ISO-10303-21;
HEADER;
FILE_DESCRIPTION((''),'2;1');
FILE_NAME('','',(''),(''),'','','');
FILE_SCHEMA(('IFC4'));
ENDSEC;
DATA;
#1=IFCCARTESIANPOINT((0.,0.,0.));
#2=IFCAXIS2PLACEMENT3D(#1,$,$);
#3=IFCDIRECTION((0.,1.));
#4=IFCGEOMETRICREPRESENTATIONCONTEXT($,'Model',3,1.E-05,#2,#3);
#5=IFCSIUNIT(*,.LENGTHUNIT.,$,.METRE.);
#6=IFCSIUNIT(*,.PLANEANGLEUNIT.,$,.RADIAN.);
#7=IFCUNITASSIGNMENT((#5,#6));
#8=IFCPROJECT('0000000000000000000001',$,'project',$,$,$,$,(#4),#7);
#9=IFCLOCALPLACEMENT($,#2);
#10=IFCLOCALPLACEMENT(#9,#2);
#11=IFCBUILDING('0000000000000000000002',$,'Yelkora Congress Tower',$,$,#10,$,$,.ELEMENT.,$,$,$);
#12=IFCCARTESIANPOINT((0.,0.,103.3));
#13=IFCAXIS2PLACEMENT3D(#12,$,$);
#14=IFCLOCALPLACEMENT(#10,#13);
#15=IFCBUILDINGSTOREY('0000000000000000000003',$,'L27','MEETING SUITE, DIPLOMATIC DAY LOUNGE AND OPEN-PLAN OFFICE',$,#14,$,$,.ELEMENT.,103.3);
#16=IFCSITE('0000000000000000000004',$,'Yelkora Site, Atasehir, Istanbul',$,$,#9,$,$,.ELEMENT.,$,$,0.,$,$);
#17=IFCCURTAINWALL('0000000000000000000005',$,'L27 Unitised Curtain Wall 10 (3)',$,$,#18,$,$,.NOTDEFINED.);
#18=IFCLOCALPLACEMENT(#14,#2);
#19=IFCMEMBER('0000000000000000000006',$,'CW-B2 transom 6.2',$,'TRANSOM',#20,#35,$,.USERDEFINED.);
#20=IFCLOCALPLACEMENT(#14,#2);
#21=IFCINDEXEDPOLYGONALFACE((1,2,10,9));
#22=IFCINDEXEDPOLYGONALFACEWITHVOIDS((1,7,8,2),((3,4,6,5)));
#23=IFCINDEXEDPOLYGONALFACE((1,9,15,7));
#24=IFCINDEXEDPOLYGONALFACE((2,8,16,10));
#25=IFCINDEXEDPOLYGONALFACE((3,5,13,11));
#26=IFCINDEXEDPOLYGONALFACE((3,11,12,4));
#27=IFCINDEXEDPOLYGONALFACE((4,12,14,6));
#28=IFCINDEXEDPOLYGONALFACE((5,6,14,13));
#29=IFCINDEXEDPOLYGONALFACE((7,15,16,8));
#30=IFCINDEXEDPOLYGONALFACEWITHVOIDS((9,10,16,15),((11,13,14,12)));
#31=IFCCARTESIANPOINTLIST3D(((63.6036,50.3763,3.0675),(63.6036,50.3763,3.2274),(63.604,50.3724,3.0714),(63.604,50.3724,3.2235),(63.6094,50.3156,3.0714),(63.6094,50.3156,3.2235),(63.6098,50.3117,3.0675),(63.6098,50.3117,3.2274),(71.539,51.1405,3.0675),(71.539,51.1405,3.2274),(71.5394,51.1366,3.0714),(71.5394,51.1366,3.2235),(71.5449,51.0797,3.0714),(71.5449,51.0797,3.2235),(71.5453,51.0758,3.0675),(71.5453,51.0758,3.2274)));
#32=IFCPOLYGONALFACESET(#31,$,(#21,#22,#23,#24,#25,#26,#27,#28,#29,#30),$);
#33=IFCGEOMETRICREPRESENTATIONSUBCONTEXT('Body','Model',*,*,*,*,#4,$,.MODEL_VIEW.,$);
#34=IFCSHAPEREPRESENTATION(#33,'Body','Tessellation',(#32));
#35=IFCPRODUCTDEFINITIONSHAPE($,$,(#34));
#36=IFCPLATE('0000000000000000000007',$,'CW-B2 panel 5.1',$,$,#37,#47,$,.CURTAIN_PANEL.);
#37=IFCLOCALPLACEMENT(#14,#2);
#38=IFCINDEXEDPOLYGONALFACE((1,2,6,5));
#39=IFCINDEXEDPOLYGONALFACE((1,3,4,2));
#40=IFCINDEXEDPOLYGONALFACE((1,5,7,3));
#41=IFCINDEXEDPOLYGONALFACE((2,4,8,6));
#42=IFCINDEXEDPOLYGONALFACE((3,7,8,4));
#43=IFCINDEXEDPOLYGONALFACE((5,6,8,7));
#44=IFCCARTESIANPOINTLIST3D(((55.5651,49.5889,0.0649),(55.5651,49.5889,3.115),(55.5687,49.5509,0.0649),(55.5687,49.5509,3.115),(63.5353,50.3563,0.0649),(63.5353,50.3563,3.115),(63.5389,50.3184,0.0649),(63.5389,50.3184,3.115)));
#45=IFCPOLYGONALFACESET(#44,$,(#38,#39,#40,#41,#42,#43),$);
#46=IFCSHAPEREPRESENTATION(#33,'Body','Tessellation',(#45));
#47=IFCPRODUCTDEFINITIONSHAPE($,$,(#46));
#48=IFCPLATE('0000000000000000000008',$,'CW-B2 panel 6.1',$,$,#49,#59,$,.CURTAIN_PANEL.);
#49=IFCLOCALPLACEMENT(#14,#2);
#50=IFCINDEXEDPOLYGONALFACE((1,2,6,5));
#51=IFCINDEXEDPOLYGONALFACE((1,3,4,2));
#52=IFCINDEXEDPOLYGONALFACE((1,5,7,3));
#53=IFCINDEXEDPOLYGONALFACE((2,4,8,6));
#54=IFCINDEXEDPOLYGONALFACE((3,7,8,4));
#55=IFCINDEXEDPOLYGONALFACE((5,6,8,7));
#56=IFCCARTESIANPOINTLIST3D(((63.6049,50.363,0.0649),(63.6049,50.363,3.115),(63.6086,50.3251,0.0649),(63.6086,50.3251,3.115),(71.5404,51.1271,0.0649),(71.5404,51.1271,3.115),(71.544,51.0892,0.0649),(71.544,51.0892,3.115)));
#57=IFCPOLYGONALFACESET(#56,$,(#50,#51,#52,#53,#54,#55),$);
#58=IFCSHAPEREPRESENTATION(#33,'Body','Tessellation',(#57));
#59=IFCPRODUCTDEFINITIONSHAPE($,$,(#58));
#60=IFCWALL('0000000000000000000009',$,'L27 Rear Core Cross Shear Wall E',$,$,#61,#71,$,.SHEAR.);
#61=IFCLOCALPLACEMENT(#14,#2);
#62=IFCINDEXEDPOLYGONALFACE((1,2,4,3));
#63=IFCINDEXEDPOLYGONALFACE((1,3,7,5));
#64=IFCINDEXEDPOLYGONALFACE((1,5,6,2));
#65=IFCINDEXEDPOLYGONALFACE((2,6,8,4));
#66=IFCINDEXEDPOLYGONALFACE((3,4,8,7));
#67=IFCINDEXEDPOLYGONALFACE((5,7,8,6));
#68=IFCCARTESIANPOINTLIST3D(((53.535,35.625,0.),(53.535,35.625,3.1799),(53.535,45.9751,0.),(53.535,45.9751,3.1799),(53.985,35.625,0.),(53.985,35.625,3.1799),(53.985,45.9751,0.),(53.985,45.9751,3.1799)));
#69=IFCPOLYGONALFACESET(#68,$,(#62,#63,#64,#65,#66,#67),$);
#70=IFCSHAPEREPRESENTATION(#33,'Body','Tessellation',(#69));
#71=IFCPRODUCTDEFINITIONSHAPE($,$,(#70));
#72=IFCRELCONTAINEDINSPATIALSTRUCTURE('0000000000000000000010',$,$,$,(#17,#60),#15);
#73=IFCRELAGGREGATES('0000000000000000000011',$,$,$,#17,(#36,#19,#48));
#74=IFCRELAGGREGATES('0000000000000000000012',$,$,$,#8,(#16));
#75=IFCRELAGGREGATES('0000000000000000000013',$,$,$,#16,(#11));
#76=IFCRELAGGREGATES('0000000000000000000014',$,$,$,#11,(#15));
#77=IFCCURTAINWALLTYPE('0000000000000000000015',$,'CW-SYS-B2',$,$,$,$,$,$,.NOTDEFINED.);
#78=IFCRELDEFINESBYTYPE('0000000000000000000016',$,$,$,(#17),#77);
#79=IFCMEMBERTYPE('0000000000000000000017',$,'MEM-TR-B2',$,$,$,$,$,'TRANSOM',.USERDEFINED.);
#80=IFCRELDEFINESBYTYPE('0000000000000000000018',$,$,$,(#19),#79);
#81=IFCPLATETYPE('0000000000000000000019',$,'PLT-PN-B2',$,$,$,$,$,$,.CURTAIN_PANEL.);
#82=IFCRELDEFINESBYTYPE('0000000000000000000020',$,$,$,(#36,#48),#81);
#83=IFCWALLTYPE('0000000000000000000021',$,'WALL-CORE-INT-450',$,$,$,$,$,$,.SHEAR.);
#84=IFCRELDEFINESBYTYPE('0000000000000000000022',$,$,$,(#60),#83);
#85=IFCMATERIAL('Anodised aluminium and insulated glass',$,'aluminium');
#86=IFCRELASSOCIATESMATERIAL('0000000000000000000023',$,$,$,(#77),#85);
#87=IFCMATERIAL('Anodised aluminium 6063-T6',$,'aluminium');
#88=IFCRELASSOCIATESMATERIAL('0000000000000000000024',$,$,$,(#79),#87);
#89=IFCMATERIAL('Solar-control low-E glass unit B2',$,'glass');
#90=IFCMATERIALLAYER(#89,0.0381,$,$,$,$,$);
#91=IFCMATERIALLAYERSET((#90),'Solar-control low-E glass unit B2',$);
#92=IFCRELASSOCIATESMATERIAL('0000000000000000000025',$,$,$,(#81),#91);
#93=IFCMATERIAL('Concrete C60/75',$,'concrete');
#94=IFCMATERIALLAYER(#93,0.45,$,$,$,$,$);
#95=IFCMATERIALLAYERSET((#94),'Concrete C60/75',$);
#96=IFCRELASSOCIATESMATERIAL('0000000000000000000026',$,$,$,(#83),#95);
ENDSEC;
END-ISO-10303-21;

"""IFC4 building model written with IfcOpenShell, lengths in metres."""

from ifc_helpers import new_model, si_unit, direction, frame, frame_2d, origin, origin_2d, place, context, subcontext, project, spatial, rectangle, hollow_rectangle, extrude, material, layer, layer_set, material_profile, profile_set, type_object, element, aggregate, save


model = new_model("IFC4")

# Units and contexts
model_context = context("Model", 3, precision=1e-05, world=origin(), true_north=direction((0.0, 1.0)))
body_context = subcontext(model_context, "Body", "Model", "MODEL_VIEW")
ifc_project = project(units=[si_unit("LENGTHUNIT", "METRE"), si_unit("PLANEANGLEUNIT", "RADIAN")], contexts=[model_context])

# Site, building, storey
site_placement = place(None, origin())
site = spatial("IfcSite", under=ifc_project, at=site_placement, Name="Yelkora Site, Atasehir, Istanbul", CompositionType="ELEMENT", RefElevation=0.0)
building_placement = place(site_placement, origin())
building = spatial("IfcBuilding", under=site, at=building_placement, Name="Yelkora Congress Tower", CompositionType="ELEMENT")
storey_placement = place(building_placement, frame((0.0, 0.0, 103.3)))
storey = spatial("IfcBuildingStorey", under=building, at=storey_placement, Name="L27", Description="MEETING SUITE, DIPLOMATIC DAY LOUNGE AND OPEN-PLAN OFFICE", CompositionType="ELEMENT", Elevation=103.3)

# Curtain wall, member, plates
ifc_material_1 = material(Name="Anodised aluminium and insulated glass", Category="aluminium")
curtain_wall_type = type_object("IfcCurtainWallType", Name="CW-SYS-B2", PredefinedType="NOTDEFINED", material=ifc_material_1)
curtain_wall_placement = place(storey_placement, origin())
curtain_wall = element("IfcCurtainWall", 1, at=curtain_wall_placement, inside=storey, type_object=curtain_wall_type, Name="L27 Unitised Curtain Wall 10 (3)", PredefinedType="NOTDEFINED")
ifc_material_2 = material(Name="Anodised aluminium 6063-T6", Category="aluminium")
ifc_material_profile_1 = material_profile(ifc_material_2, hollow_rectangle(XDim=0.0649, YDim=0.1599, WallThickness=0.0039, at=origin_2d()), Name="ALU 65x160x4")
ifc_profile_set_1 = profile_set([ifc_material_profile_1], Name="Anodised aluminium 6063-T6")
member_type_1 = type_object("IfcMemberType", Name="MEM-TR-B2", ElementType="TRANSOM", PredefinedType="USERDEFINED", material=ifc_profile_set_1)
member_1_placement = place(storey_placement, frame((63.6067, 50.344, 3.1475), z_axis=(0.995396, 0.095852, 0.0), x_axis=(-0.095852, 0.995396, 0.0)))
member_1 = element("IfcMember", 2, at=member_1_placement, type_object=member_type_1, Name="CW-B2 transom 6.2", ObjectType="TRANSOM", PredefinedType="USERDEFINED", context=body_context, shape_type="SweptSolid", body=[
    extrude(hollow_rectangle(XDim=0.0649, YDim=0.1599, WallThickness=0.0039, at=origin_2d()), origin(), (0.0, 0.0, 1.0), 7.9722),
])
ifc_material_3 = material(Name="Solar-control low-E glass unit B2", Category="glass")
ifc_layer_1 = layer(ifc_material_3, 0.0381)
ifc_layer_set_1 = layer_set([ifc_layer_1], Name="Solar-control low-E glass unit B2")
plate_type = type_object("IfcPlateType", Name="PLT-PN-B2", PredefinedType="CURTAIN_PANEL", material=ifc_layer_set_1)
plate_1_placement = place(storey_placement, frame((59.552, 49.9536, 0.0649), z_axis=(0.0, 0.0, 1.0), x_axis=(0.995396, 0.095844, 0.0)))
plate_1 = element("IfcPlate", 3, at=plate_1_placement, type_object=plate_type, Name="CW-B2 panel 5.1", PredefinedType="CURTAIN_PANEL", context=body_context, shape_type="SweptSolid", body=[
    extrude(rectangle(XDim=8.0071, YDim=0.0381, at=origin_2d()), origin(), (0.0, 0.0, 1.0), 3.05),
])
plate_2_placement = place(storey_placement, frame((67.5745, 50.7261, 0.0649), z_axis=(0.0, 0.0, 1.0), x_axis=(0.995396, 0.095844, 0.0)))
plate_2 = element("IfcPlate", 4, at=plate_2_placement, type_object=plate_type, Name="CW-B2 panel 6.1", PredefinedType="CURTAIN_PANEL", context=body_context, shape_type="SweptSolid", body=[
    extrude(rectangle(XDim=7.9722, YDim=0.0381, at=origin_2d()), origin(), (0.0, 0.0, 1.0), 3.05),
])
aggregate(curtain_wall, [plate_1, member_1, plate_2])

# Wall
ifc_material_4 = material(Name="Concrete C60/75", Category="concrete")
ifc_layer_2 = layer(ifc_material_4, 0.45)
ifc_layer_set_2 = layer_set([ifc_layer_2], Name="Concrete C60/75")
wall_type = type_object("IfcWallType", Name="WALL-CORE-INT-450", PredefinedType="SHEAR", material=ifc_layer_set_2)
wall_placement = place(storey_placement, frame((53.76, 35.625, 0.0), z_axis=(0.0, 0.0, 1.0), x_axis=(0.0, 1.0, 0.0)))
element("IfcWall", 5, at=wall_placement, inside=storey, type_object=wall_type, Name="L27 Rear Core Cross Shear Wall E", PredefinedType="SHEAR", context=body_context, shape_type="SweptSolid", body=[
    extrude(rectangle(XDim=10.3501, YDim=0.45, at=frame_2d((5.175, 0.0))), origin(), (0.0, 0.0, 1.0), 3.1799),
])

save(model, "model.ifc")
